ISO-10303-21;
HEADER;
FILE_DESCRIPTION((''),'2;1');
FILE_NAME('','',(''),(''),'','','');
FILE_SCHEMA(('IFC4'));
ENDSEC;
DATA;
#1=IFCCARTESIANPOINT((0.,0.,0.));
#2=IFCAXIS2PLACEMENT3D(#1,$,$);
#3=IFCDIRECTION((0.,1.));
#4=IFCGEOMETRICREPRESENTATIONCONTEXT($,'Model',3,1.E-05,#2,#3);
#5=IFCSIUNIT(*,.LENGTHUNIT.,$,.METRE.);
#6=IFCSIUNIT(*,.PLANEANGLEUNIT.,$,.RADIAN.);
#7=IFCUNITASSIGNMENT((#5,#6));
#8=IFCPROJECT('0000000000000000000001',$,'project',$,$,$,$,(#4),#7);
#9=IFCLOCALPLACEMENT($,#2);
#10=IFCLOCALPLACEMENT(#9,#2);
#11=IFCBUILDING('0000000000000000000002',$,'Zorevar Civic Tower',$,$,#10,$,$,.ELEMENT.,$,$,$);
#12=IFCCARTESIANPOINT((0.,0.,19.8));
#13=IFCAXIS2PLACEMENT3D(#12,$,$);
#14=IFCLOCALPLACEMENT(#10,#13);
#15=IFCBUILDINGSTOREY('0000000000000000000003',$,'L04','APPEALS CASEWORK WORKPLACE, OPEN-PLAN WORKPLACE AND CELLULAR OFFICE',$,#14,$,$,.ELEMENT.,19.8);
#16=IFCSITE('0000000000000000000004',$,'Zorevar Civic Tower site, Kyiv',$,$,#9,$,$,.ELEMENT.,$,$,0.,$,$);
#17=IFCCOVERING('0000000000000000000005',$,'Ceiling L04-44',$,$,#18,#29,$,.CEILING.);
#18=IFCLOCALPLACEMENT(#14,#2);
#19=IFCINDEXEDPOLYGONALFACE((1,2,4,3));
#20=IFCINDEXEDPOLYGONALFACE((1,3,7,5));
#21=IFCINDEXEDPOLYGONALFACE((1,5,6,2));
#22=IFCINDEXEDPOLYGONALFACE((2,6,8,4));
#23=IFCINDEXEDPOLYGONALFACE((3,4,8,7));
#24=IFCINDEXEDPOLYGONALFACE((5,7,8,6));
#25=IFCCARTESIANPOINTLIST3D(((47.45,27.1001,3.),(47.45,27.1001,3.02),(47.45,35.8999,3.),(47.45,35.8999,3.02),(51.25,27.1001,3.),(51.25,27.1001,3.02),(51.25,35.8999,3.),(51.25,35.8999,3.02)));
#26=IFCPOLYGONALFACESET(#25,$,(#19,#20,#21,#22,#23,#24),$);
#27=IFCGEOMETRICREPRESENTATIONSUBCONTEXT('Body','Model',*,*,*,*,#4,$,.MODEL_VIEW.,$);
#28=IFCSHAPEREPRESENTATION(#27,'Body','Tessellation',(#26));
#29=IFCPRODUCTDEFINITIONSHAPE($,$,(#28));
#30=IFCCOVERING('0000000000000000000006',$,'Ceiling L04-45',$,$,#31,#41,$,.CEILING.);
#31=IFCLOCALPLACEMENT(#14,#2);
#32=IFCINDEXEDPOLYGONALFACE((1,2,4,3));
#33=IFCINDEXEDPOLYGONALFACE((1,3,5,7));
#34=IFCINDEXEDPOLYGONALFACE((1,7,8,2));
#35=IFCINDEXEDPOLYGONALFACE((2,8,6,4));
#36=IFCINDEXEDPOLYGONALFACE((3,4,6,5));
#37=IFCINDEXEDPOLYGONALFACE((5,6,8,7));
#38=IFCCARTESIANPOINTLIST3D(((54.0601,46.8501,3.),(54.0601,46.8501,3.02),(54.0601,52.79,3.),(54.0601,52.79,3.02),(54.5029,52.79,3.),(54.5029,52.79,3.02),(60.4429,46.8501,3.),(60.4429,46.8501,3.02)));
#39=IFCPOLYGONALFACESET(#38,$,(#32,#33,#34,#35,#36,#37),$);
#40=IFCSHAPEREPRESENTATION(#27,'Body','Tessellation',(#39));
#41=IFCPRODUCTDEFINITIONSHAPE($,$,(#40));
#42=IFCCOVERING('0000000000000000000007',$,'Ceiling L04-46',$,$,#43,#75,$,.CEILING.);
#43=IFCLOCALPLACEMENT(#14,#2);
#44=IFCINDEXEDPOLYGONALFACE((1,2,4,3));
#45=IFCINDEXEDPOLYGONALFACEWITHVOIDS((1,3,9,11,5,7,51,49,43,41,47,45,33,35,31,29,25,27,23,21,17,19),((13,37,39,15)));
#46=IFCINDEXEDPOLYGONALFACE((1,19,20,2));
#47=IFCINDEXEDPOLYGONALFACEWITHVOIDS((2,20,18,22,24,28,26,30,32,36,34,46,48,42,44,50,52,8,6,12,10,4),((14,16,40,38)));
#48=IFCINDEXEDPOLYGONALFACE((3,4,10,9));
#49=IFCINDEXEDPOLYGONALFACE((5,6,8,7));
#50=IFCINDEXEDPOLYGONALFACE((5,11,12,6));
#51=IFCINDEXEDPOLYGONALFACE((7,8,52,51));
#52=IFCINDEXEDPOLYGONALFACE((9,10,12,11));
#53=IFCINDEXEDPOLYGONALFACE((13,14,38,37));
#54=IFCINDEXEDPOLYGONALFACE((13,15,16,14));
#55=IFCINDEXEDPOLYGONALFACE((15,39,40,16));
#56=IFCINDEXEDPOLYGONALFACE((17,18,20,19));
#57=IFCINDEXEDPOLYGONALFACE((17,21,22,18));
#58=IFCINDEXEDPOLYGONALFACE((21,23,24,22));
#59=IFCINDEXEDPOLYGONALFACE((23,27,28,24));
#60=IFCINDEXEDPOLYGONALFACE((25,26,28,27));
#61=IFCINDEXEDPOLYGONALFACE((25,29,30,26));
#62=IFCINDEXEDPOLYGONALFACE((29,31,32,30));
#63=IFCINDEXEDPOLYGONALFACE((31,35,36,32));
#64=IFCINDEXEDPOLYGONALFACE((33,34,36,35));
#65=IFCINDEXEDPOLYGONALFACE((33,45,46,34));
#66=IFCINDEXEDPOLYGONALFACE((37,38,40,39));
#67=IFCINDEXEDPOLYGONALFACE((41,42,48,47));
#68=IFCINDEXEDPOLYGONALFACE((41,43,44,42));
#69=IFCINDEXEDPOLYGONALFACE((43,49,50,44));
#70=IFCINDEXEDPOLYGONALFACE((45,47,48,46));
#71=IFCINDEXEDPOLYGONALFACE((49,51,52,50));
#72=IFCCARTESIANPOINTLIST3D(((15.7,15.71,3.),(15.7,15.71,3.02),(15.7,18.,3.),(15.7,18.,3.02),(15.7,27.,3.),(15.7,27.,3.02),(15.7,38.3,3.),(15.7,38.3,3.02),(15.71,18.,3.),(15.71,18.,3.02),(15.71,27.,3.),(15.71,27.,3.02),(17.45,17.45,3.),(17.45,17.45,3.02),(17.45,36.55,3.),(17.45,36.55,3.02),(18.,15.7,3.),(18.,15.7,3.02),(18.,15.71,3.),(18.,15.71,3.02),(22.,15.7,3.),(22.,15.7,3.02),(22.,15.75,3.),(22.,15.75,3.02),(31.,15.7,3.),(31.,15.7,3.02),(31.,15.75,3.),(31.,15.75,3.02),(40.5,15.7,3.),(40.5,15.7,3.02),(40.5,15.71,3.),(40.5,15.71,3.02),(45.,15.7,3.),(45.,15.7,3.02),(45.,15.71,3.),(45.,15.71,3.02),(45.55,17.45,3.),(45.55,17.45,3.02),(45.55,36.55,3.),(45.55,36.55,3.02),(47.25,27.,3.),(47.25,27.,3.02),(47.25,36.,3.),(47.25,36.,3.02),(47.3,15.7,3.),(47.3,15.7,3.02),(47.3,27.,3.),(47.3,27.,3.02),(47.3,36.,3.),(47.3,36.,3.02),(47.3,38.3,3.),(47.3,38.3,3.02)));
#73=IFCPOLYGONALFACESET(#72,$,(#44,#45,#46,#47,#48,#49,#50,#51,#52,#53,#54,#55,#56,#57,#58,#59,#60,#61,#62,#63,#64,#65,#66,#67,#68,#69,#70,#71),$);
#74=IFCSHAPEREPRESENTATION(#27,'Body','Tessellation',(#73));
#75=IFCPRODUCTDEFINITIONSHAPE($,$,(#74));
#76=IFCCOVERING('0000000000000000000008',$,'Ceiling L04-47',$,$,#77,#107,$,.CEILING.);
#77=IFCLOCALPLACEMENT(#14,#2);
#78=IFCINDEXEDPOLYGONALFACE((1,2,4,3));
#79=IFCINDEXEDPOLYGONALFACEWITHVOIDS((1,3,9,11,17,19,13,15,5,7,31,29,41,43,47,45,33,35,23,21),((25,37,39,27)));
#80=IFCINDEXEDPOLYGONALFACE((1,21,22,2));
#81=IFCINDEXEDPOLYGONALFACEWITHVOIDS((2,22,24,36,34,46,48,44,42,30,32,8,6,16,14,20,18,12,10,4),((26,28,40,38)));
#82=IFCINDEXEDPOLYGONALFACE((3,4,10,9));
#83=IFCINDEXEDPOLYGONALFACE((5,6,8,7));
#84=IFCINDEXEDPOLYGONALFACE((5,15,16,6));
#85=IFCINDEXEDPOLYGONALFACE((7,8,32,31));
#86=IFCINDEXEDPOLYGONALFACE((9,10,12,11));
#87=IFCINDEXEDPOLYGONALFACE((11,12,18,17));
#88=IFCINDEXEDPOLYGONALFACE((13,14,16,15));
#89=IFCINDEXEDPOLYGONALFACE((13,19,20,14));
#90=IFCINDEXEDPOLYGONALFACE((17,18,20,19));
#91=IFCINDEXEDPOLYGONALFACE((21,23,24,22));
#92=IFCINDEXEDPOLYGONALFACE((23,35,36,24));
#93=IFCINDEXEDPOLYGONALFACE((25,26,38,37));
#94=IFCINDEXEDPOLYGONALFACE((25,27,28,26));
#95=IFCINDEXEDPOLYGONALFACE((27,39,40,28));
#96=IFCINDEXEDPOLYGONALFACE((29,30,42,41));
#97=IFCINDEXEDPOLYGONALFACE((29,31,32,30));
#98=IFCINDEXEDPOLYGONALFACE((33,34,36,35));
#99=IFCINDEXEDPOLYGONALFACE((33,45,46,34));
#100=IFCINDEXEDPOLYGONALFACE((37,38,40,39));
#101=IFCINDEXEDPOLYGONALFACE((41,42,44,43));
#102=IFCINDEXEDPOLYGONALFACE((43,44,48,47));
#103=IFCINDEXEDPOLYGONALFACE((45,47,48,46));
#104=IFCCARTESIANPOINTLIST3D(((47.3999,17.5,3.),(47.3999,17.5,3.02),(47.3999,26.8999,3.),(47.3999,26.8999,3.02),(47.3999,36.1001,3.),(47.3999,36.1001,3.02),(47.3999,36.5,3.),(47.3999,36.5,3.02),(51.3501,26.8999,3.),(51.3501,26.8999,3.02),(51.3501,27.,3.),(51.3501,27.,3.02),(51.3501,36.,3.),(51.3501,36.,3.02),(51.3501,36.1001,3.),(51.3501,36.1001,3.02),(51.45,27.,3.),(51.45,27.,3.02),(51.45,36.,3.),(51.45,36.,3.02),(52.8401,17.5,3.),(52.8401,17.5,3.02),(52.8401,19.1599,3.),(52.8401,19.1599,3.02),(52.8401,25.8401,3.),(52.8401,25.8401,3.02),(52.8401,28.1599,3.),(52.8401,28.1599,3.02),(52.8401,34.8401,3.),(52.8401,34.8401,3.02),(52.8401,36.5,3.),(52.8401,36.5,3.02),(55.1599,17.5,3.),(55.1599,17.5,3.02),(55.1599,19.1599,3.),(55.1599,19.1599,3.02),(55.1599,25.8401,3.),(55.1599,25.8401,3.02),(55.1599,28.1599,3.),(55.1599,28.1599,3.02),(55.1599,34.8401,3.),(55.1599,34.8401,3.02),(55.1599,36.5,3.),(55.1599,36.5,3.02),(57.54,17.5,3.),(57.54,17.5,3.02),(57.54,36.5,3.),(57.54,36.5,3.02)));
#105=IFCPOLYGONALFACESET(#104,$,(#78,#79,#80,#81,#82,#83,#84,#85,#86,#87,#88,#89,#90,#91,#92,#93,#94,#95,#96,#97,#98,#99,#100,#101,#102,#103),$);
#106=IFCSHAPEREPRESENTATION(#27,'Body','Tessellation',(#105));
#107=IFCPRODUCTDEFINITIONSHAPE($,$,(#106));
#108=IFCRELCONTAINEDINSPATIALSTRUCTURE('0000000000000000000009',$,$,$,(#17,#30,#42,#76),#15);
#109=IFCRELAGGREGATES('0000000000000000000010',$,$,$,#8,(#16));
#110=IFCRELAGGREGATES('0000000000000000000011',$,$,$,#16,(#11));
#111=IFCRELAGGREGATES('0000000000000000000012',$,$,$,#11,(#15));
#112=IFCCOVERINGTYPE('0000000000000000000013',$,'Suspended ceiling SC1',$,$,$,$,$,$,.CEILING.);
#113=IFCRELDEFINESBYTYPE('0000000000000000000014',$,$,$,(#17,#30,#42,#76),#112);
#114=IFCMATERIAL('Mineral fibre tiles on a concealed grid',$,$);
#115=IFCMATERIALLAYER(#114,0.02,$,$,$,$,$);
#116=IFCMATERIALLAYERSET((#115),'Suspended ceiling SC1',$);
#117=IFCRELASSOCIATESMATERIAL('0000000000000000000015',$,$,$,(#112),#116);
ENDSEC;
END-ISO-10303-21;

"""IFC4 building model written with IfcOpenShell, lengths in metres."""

from ifc_helpers import new_model, si_unit, direction, frame, origin, place, context, subcontext, project, spatial, polyline, outline, extrude, material, layer, layer_set, type_object, element, save


model = new_model("IFC4")

# Units and contexts
model_context = context("Model", 3, precision=1e-05, world=origin(), true_north=direction((0.0, 1.0)))
body_context = subcontext(model_context, "Body", "Model", "MODEL_VIEW")
ifc_project = project(units=[si_unit("LENGTHUNIT", "METRE"), si_unit("PLANEANGLEUNIT", "RADIAN")], contexts=[model_context])

# Site, building, storey
site_placement = place(None, origin())
site = spatial("IfcSite", under=ifc_project, at=site_placement, Name="Zorevar Civic Tower site, Kyiv", CompositionType="ELEMENT", RefElevation=0.0)
building_placement = place(site_placement, origin())
building = spatial("IfcBuilding", under=site, at=building_placement, Name="Zorevar Civic Tower", CompositionType="ELEMENT")
storey_placement = place(building_placement, frame((0.0, 0.0, 19.8)))
storey = spatial("IfcBuildingStorey", under=building, at=storey_placement, Name="L04", Description="APPEALS CASEWORK WORKPLACE, OPEN-PLAN WORKPLACE AND CELLULAR OFFICE", CompositionType="ELEMENT", Elevation=19.8)

# Coverings
ifc_material_1 = material(Name="Mineral fibre tiles on a concealed grid")
ifc_layer_1 = layer(ifc_material_1, 0.02)
ifc_layer_set_1 = layer_set([ifc_layer_1], Name="Suspended ceiling SC1")
covering_type_1 = type_object("IfcCoveringType", Name="Suspended ceiling SC1", PredefinedType="CEILING", material=ifc_layer_set_1)
covering_1_placement = place(storey_placement, frame((0.0, 0.0, 3.0)))
element("IfcCovering", 1, at=covering_1_placement, inside=storey, type_object=covering_type_1, Name="Ceiling L04-44", PredefinedType="CEILING", context=body_context, shape_type="SweptSolid", body=[
    extrude(outline(polyline([(47.45, 27.1001), (47.45, 35.8999), (51.25, 35.8999), (51.25, 27.1001), (47.45, 27.1001)])), origin(), (0.0, 0.0, 1.0), 0.02),
])
covering_2_placement = place(storey_placement, frame((0.0, 0.0, 3.0)))
element("IfcCovering", 2, at=covering_2_placement, inside=storey, type_object=covering_type_1, Name="Ceiling L04-45", PredefinedType="CEILING", context=body_context, shape_type="SweptSolid", body=[
    extrude(outline(polyline([(54.0601, 46.8501), (54.0601, 52.79), (54.5029, 52.79), (60.4429, 46.8501), (54.0601, 46.8501)])), origin(), (0.0, 0.0, 1.0), 0.02),
])
covering_3_placement = place(storey_placement, frame((0.0, 0.0, 3.0)))
element("IfcCovering", 3, at=covering_3_placement, inside=storey, type_object=covering_type_1, Name="Ceiling L04-46", PredefinedType="CEILING", context=body_context, shape_type="SweptSolid", body=[
    extrude(outline(polyline([(15.7, 38.3), (47.3, 38.3), (47.3, 36.0), (47.25, 36.0), (47.25, 27.0), (47.3, 27.0), (47.3, 15.7), (45.0, 15.7), (45.0, 15.71), (40.5, 15.71), (40.5, 15.7), (31.0, 15.7), (31.0, 15.75), (22.0, 15.75), (22.0, 15.7), (18.0, 15.7), (18.0, 15.71), (15.7, 15.71), (15.7, 18.0), (15.71, 18.0), (15.71, 27.0), (15.7, 27.0), (15.7, 38.3)]), holes=[polyline([(45.55, 17.45), (45.55, 36.55), (17.45, 36.55), (17.45, 17.45), (45.55, 17.45)])]), origin(), (0.0, 0.0, 1.0), 0.02),
])
covering_4_placement = place(storey_placement, frame((0.0, 0.0, 3.0)))
element("IfcCovering", 4, at=covering_4_placement, inside=storey, type_object=covering_type_1, Name="Ceiling L04-47", PredefinedType="CEILING", context=body_context, shape_type="SweptSolid", body=[
    extrude(outline(polyline([(55.1599, 19.1599), (52.8401, 19.1599), (52.8401, 17.5), (47.3999, 17.5), (47.3999, 26.8999), (51.3501, 26.8999), (51.3501, 27.0), (51.45, 27.0), (51.45, 36.0), (51.3501, 36.0), (51.3501, 36.1001), (47.3999, 36.1001), (47.3999, 36.5), (52.8401, 36.5), (52.8401, 34.8401), (55.1599, 34.8401), (55.1599, 36.5), (57.54, 36.5), (57.54, 17.5), (55.1599, 17.5), (55.1599, 19.1599)]), holes=[polyline([(52.8401, 28.1599), (52.8401, 25.8401), (55.1599, 25.8401), (55.1599, 28.1599), (52.8401, 28.1599)])]), origin(), (0.0, 0.0, 1.0), 0.02),
])

save(model, "model.ifc")
